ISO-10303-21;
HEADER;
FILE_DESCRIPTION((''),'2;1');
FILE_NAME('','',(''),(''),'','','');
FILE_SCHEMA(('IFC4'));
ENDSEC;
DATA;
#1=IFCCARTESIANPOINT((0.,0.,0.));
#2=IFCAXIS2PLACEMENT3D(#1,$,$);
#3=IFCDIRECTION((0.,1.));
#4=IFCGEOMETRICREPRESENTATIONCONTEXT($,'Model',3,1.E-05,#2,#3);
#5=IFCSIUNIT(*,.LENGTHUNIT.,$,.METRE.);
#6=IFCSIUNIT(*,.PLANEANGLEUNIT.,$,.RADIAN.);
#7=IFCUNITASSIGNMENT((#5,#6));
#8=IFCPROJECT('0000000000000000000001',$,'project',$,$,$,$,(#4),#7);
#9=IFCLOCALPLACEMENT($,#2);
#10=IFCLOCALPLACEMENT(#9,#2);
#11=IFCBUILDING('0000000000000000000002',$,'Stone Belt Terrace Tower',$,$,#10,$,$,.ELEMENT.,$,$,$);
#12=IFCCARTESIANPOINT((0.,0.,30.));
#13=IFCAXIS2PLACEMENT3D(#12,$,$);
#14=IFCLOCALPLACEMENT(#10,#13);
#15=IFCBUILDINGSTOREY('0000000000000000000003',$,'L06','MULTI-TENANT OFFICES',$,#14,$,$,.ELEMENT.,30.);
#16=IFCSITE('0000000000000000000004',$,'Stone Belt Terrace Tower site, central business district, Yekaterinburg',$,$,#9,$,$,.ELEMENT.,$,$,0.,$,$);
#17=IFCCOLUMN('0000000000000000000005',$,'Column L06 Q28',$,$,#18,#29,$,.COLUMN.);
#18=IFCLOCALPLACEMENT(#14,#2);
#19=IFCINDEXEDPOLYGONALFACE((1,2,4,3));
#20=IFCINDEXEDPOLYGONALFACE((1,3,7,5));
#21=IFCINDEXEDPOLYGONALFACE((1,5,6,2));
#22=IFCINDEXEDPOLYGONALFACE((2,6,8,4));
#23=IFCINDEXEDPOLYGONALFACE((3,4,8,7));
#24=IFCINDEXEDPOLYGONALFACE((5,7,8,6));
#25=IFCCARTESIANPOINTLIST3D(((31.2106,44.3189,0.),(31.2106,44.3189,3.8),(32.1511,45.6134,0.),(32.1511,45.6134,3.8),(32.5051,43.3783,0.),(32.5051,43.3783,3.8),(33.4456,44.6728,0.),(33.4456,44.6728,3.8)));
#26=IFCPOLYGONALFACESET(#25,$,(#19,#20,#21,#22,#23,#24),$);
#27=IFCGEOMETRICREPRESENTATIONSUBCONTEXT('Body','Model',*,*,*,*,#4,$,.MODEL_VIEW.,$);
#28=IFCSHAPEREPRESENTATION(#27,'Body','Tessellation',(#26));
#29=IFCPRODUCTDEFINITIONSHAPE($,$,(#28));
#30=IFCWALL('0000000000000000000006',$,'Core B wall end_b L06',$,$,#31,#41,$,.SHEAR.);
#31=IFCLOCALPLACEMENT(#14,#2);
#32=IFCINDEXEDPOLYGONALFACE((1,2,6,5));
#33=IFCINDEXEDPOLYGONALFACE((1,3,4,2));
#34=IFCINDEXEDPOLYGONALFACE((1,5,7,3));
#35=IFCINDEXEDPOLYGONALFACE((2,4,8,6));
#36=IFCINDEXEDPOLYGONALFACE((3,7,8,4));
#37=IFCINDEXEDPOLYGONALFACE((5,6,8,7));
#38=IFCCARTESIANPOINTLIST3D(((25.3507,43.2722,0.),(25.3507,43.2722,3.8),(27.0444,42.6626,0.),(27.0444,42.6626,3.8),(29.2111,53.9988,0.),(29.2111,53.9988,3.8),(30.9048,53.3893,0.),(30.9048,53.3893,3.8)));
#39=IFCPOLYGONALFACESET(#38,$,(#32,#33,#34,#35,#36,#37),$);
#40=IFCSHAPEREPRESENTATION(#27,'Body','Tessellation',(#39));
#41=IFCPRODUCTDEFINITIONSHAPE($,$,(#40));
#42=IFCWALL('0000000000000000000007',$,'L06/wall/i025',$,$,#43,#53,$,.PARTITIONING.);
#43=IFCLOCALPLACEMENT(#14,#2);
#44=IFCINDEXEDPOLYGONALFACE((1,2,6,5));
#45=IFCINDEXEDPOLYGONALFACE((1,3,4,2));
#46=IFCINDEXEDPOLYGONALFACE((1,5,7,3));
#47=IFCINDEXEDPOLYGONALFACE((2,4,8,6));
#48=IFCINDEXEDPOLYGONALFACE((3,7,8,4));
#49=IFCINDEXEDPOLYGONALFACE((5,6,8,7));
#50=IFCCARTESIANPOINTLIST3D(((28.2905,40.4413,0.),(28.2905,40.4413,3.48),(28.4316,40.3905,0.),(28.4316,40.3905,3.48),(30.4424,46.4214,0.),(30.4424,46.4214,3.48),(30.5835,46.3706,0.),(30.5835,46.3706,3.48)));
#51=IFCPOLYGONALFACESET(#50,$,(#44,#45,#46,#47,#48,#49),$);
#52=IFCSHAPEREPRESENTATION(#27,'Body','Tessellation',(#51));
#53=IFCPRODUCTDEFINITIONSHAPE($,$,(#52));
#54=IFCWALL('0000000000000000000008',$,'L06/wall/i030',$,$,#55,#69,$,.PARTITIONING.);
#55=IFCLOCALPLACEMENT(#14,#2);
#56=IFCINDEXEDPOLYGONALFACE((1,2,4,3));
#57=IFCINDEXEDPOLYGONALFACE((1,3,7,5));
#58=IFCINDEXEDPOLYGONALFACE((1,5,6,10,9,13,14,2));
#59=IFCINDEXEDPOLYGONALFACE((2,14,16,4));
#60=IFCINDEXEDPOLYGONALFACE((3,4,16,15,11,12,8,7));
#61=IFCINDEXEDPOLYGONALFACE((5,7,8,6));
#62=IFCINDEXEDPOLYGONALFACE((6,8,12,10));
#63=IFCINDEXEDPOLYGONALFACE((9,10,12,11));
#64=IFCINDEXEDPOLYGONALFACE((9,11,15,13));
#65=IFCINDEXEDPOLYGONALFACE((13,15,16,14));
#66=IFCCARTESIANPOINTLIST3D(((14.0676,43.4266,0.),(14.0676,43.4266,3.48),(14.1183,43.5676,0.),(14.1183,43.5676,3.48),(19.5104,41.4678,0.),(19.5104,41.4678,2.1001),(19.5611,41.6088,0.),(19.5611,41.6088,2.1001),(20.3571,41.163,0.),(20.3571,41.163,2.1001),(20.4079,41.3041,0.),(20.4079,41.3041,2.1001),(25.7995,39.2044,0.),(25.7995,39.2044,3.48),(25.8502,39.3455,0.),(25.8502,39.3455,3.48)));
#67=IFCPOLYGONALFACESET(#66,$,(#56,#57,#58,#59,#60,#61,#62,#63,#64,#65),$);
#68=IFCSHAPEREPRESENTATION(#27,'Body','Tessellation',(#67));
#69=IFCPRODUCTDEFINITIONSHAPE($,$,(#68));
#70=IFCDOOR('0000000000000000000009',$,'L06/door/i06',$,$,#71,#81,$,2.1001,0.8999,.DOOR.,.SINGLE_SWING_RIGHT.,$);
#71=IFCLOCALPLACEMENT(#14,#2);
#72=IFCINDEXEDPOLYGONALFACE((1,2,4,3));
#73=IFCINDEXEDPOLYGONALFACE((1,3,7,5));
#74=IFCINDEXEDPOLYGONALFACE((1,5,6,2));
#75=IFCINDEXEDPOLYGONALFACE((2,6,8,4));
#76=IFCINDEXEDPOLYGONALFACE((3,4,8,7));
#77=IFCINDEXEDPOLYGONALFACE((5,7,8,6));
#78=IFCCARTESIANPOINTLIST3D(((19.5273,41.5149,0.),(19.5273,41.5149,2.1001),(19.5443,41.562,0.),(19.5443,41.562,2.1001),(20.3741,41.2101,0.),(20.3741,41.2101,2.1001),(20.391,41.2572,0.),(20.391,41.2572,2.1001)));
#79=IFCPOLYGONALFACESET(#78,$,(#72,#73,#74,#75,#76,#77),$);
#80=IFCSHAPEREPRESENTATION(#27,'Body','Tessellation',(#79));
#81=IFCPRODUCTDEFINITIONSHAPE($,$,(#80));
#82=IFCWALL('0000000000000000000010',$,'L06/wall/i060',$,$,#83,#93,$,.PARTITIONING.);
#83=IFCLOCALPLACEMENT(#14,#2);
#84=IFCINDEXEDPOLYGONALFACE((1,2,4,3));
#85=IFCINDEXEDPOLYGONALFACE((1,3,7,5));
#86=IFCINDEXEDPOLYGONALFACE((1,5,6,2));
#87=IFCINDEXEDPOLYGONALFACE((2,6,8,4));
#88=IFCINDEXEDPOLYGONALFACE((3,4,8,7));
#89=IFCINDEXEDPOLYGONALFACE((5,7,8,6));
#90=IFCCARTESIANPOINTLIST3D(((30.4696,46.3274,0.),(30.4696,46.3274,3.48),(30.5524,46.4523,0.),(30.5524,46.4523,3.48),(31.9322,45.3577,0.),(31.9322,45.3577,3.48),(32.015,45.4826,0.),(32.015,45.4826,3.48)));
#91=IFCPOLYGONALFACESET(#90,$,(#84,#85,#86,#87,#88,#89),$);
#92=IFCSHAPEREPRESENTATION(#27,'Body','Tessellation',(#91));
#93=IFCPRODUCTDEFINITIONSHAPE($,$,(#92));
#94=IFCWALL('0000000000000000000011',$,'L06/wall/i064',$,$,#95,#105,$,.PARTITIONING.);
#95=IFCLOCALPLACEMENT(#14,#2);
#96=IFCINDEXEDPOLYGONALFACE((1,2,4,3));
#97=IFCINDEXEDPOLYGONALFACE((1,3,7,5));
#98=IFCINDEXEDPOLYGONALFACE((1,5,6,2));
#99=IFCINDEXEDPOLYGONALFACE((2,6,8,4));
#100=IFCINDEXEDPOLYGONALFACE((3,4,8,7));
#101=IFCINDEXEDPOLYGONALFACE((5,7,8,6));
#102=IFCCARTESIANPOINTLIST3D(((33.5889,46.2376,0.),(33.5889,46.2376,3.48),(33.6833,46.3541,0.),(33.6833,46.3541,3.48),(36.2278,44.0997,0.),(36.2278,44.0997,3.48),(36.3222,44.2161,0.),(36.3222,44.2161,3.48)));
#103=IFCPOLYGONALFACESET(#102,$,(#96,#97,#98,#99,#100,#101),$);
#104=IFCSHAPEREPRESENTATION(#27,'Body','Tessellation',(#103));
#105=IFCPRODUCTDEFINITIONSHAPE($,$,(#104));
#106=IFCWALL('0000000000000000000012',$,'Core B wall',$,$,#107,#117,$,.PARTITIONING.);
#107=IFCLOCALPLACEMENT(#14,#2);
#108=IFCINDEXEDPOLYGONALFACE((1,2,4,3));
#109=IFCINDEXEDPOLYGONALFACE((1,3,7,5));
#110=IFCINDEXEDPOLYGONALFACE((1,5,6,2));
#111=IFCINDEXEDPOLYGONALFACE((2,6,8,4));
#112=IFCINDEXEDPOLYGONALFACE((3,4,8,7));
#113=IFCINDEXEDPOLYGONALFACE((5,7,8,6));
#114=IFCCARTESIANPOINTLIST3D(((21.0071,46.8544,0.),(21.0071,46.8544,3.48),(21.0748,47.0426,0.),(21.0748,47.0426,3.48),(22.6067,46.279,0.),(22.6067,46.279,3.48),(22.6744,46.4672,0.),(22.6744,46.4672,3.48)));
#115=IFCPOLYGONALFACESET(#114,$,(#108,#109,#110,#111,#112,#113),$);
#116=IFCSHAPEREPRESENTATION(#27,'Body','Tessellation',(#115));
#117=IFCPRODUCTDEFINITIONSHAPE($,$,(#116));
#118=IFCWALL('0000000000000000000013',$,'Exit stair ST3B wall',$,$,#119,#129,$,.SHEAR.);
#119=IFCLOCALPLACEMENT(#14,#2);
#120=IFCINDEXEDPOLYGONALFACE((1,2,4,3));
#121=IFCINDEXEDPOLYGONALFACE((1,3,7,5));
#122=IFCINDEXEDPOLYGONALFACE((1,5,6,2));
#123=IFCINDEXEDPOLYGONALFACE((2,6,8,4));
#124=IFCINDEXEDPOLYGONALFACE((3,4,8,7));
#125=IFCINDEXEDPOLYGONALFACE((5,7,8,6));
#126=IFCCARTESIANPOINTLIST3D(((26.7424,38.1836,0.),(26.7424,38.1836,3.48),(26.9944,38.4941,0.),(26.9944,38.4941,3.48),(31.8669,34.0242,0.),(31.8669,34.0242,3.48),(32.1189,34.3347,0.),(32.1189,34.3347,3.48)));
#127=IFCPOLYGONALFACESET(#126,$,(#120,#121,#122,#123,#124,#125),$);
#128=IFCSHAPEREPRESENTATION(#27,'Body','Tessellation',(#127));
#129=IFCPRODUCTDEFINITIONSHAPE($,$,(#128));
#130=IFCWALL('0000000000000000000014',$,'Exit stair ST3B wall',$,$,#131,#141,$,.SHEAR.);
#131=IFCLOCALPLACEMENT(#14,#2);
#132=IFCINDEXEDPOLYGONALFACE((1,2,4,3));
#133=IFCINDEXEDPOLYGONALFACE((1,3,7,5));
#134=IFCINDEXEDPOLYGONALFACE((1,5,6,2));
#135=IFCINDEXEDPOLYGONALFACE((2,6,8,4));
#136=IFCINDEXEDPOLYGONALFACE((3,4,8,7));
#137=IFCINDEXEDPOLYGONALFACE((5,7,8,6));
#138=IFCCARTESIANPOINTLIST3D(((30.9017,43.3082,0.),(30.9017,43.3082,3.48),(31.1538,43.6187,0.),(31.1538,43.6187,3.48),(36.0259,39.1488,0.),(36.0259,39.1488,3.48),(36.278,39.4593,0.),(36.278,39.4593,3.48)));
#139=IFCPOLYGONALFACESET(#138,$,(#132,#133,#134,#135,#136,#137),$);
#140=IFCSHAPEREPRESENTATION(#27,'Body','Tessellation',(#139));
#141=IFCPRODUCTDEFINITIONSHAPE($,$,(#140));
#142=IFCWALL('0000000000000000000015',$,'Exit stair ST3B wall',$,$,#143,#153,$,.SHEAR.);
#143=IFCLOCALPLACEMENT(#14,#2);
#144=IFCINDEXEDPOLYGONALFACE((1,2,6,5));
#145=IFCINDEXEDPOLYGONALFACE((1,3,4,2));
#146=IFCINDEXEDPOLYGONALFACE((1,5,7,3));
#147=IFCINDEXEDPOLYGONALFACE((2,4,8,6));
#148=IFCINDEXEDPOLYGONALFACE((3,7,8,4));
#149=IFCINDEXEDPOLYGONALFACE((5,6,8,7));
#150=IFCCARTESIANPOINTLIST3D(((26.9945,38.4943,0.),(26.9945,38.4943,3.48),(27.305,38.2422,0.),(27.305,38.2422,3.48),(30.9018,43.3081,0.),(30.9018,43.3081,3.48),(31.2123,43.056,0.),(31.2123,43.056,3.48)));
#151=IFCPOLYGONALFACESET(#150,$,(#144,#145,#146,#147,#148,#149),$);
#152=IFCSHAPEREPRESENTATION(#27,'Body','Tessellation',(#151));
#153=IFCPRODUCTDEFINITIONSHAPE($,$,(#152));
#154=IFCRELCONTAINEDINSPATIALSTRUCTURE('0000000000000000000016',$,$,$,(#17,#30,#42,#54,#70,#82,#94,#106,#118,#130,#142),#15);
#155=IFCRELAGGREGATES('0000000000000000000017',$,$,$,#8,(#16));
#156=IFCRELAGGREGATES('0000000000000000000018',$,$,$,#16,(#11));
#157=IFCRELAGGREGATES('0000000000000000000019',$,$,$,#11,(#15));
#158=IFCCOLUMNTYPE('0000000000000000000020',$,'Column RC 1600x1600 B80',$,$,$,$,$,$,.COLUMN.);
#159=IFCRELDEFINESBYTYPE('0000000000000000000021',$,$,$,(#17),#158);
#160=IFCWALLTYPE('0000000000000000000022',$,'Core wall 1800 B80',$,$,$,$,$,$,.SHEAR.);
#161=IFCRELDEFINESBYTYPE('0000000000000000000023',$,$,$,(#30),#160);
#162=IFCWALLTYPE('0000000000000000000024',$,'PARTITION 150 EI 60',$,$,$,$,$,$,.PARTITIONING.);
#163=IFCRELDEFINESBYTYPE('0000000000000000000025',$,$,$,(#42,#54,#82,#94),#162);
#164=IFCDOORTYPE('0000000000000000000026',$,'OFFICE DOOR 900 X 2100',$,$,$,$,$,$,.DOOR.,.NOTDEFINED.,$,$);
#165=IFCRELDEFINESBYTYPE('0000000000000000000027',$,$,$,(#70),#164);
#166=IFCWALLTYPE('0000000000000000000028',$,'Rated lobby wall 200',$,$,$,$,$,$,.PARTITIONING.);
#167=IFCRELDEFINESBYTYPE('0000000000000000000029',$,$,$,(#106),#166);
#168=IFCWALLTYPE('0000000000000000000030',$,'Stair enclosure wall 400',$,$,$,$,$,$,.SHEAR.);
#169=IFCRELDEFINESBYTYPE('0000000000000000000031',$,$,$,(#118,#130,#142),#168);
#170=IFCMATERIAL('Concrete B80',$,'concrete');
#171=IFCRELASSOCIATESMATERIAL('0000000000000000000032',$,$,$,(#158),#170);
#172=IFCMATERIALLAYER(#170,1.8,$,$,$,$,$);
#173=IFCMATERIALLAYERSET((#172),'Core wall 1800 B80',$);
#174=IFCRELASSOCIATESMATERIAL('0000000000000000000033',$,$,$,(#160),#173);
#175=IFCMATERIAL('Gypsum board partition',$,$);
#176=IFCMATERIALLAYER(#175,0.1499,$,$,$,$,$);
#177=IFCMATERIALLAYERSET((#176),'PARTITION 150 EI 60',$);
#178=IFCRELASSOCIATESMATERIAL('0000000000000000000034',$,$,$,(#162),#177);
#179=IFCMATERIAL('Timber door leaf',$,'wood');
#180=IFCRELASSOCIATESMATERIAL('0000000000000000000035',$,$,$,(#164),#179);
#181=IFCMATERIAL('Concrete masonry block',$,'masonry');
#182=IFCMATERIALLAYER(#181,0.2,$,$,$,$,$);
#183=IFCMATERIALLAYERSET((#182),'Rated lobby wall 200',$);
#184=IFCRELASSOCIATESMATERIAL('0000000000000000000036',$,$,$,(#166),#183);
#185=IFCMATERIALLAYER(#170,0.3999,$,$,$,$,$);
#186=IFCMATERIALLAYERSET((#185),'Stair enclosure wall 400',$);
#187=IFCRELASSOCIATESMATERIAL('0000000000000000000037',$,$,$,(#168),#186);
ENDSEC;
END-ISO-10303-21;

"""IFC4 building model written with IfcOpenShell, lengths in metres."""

from ifc_helpers import new_model, si_unit, direction, frame, frame_2d, origin, origin_2d, place, context, subcontext, project, spatial, rectangle, extrude, material, layer, layer_set, material_profile, profile_set, type_object, element, fill, save


model = new_model("IFC4")

# Units and contexts
model_context = context("Model", 3, precision=1e-05, world=origin(), true_north=direction((0.0, 1.0)))
body_context = subcontext(model_context, "Body", "Model", "MODEL_VIEW")
ifc_project = project(units=[si_unit("LENGTHUNIT", "METRE"), si_unit("PLANEANGLEUNIT", "RADIAN")], contexts=[model_context])

# Site, building, storey
site_placement = place(None, origin())
site = spatial("IfcSite", under=ifc_project, at=site_placement, Name="Stone Belt Terrace Tower site, central business district, Yekaterinburg", CompositionType="ELEMENT", RefElevation=0.0)
building_placement = place(site_placement, origin())
building = spatial("IfcBuilding", under=site, at=building_placement, Name="Stone Belt Terrace Tower", CompositionType="ELEMENT")
storey_placement = place(building_placement, frame((0.0, 0.0, 30.0)))
storey = spatial("IfcBuildingStorey", under=building, at=storey_placement, Name="L06", Description="MULTI-TENANT OFFICES", CompositionType="ELEMENT", Elevation=30.0)

# Column
ifc_material_1 = material(Name="Concrete B80", Category="concrete")
ifc_material_profile = material_profile(ifc_material_1, rectangle(XDim=1.6001, YDim=1.6001, at=origin_2d()), Name="RC 1600x1600")
ifc_profile_set = profile_set([ifc_material_profile], Name="Concrete B80")
column_type = type_object("IfcColumnType", Name="Column RC 1600x1600 B80", PredefinedType="COLUMN", material=ifc_profile_set)
column_placement = place(storey_placement, frame((32.3281, 44.4958, 0.0), z_axis=(0.0, 0.0, 1.0), x_axis=(0.809017, -0.587785, 0.0)))
element("IfcColumn", 1, at=column_placement, inside=storey, type_object=column_type, Name="Column L06 Q28", PredefinedType="COLUMN", context=body_context, shape_type="SweptSolid", body=[
    extrude(rectangle(XDim=1.6001, YDim=1.6001, at=origin_2d()), origin(), (0.0, 0.0, 1.0), 3.8),
])

# Walls
ifc_layer_1 = layer(ifc_material_1, 1.8)
ifc_layer_set_1 = layer_set([ifc_layer_1], Name="Core wall 1800 B80")
wall_type_1 = type_object("IfcWallType", Name="Core wall 1800 B80", PredefinedType="SHEAR", material=ifc_layer_set_1)
wall_1_placement = place(storey_placement, frame((26.1975, 42.9673, 0.0), z_axis=(0.0, 0.0, 1.0), x_axis=(0.338625, 0.940921, 0.0)))
element("IfcWall", 2, at=wall_1_placement, inside=storey, type_object=wall_type_1, Name="Core B wall end_b L06", PredefinedType="SHEAR", context=body_context, shape_type="SweptSolid", body=[
    extrude(rectangle(XDim=11.4001, YDim=1.8, at=frame_2d((5.7002, 0.0))), origin(), (0.0, 0.0, 1.0), 3.8),
])
ifc_material_2 = material(Name="Gypsum board partition")
ifc_layer_2 = layer(ifc_material_2, 0.1499)
ifc_layer_set_2 = layer_set([ifc_layer_2], Name="PARTITION 150 EI 60")
wall_type_2 = type_object("IfcWallType", Name="PARTITION 150 EI 60", PredefinedType="PARTITIONING", material=ifc_layer_set_2)
wall_2_placement = place(storey_placement, frame((30.5129, 46.396, 0.0), z_axis=(0.0, 0.0, 1.0), x_axis=(-0.338589, -0.940934, 0.0)))
element("IfcWall", 3, at=wall_2_placement, inside=storey, type_object=wall_type_2, Name="L06/wall/i025", PredefinedType="PARTITIONING", context=body_context, shape_type="SweptSolid", body=[
    extrude(rectangle(XDim=6.3555, YDim=0.1499, at=frame_2d((3.1777, 0.0))), origin(), (0.0, 0.0, 1.0), 3.48),
])

# Wall, opening, door
wall_3_placement = place(storey_placement, frame((25.825, 39.2749, 0.0), z_axis=(0.0, 0.0, 1.0), x_axis=(-0.940921, 0.338625, 0.0)))
wall_3 = element("IfcWall", 4, at=wall_3_placement, inside=storey, type_object=wall_type_2, Name="L06/wall/i030", PredefinedType="PARTITIONING", context=body_context, shape_type="SweptSolid", body=[
    extrude(rectangle(XDim=12.4685, YDim=0.1499, at=frame_2d((6.2344, 0.0))), origin(), (0.0, 0.0, 1.0), 3.48),
])
opening_placement = place(wall_3_placement, frame((5.7842, 0.0, 0.0)))
opening = element("IfcOpeningElement", 5, at=opening_placement, cuts=wall_3, PredefinedType="OPENING", context=body_context, shape_type="SweptSolid", body=[
    extrude(rectangle(XDim=0.8999, YDim=2.1001, at=frame_2d((0.45, 1.05))), frame((0.0, 0.085, 0.0), z_axis=(0.0, -1.0, 0.0), x_axis=(1.0, 0.0, 0.0)), (0.0, 0.0, 1.0), 0.1699),
])
ifc_material_3 = material(Name="Timber door leaf", Category="wood")
door_type = type_object("IfcDoorType", Name="OFFICE DOOR 900 X 2100", OperationType="NOTDEFINED", PredefinedType="DOOR", material=ifc_material_3)
door_placement = place(opening_placement, origin())
door = element("IfcDoor", 6, at=door_placement, inside=storey, type_object=door_type, Name="L06/door/i06", OperationType="SINGLE_SWING_RIGHT", OverallHeight=2.1001, OverallWidth=0.8999, PredefinedType="DOOR", context=body_context, shape_type="SweptSolid", body=[
    extrude(rectangle(XDim=0.8999, YDim=2.1001, at=frame_2d((0.45, 1.05))), frame((0.0, 0.0249, 0.0), z_axis=(0.0, -1.0, 0.0), x_axis=(1.0, 0.0, 0.0)), (0.0, 0.0, 1.0), 0.05),
])
fill(opening, door)

# Walls
wall_4_placement = place(storey_placement, frame((31.9736, 45.4202, 0.0), z_axis=(0.0, 0.0, 1.0), x_axis=(-0.83346, 0.55258, 0.0)))
element("IfcWall", 7, at=wall_4_placement, inside=storey, type_object=wall_type_2, Name="L06/wall/i060", PredefinedType="PARTITIONING", context=body_context, shape_type="SweptSolid", body=[
    extrude(rectangle(XDim=1.7549, YDim=0.1499, at=frame_2d((0.8774, 0.0))), origin(), (0.0, 0.0, 1.0), 3.48),
])
wall_5_placement = place(storey_placement, frame((33.636, 46.2959, 0.0), z_axis=(0.0, 0.0, 1.0), x_axis=(0.777004, -0.629496, 0.0)))
element("IfcWall", 8, at=wall_5_placement, inside=storey, type_object=wall_type_2, Name="L06/wall/i064", PredefinedType="PARTITIONING", context=body_context, shape_type="SweptSolid", body=[
    extrude(rectangle(XDim=3.3962, YDim=0.1499, at=frame_2d((1.6982, 0.0))), origin(), (0.0, 0.0, 1.0), 3.48),
])
ifc_material_4 = material(Name="Concrete masonry block", Category="masonry")
ifc_layer_3 = layer(ifc_material_4, 0.2)
ifc_layer_set_3 = layer_set([ifc_layer_3], Name="Rated lobby wall 200")
wall_type_3 = type_object("IfcWallType", Name="Rated lobby wall 200", PredefinedType="PARTITIONING", material=ifc_layer_set_3)
wall_6_placement = place(storey_placement, frame((22.6406, 46.373, 0.0), z_axis=(0.0, 0.0, 1.0), x_axis=(-0.940966, 0.338501, 0.0)))
element("IfcWall", 9, at=wall_6_placement, inside=storey, type_object=wall_type_3, Name="Core B wall", PredefinedType="PARTITIONING", context=body_context, shape_type="SweptSolid", body=[
    extrude(rectangle(XDim=1.7, YDim=0.2, at=frame_2d((0.8501, 0.0))), origin(), (0.0, 0.0, 1.0), 3.48),
])
ifc_layer_4 = layer(ifc_material_1, 0.3999)
ifc_layer_set_4 = layer_set([ifc_layer_4], Name="Stair enclosure wall 400")
wall_type_4 = type_object("IfcWallType", Name="Stair enclosure wall 400", PredefinedType="SHEAR", material=ifc_layer_set_4)
wall_7_placement = place(storey_placement, frame((26.8684, 38.3389, 0.0), z_axis=(0.0, 0.0, 1.0), x_axis=(0.776428, -0.630205, 0.0)))
element("IfcWall", 10, at=wall_7_placement, inside=storey, type_object=wall_type_4, Name="Exit stair ST3B wall", PredefinedType="SHEAR", context=body_context, shape_type="SweptSolid", body=[
    extrude(rectangle(XDim=6.6001, YDim=0.3999, at=frame_2d((3.3, 0.0))), origin(), (0.0, 0.0, 1.0), 3.48),
])
wall_8_placement = place(storey_placement, frame((31.0278, 43.4634, 0.0), z_axis=(0.0, 0.0, 1.0), x_axis=(0.776414, -0.630224, 0.0)))
element("IfcWall", 11, at=wall_8_placement, inside=storey, type_object=wall_type_4, Name="Exit stair ST3B wall", PredefinedType="SHEAR", context=body_context, shape_type="SweptSolid", body=[
    extrude(rectangle(XDim=6.5999, YDim=0.3999, at=frame_2d((3.2998, 0.0))), origin(), (0.0, 0.0, 1.0), 3.48),
])
wall_9_placement = place(storey_placement, frame((27.1497, 38.3682, 0.0), z_axis=(0.0, 0.0, 1.0), x_axis=(0.630212, 0.776423, 0.0)))
element("IfcWall", 12, at=wall_9_placement, inside=storey, type_object=wall_type_4, Name="Exit stair ST3B wall", PredefinedType="SHEAR", context=body_context, shape_type="SweptSolid", body=[
    extrude(rectangle(XDim=6.2, YDim=0.3999, at=frame_2d((3.1001, 0.0))), origin(), (0.0, 0.0, 1.0), 3.48),
])

save(model, "model.ifc")
